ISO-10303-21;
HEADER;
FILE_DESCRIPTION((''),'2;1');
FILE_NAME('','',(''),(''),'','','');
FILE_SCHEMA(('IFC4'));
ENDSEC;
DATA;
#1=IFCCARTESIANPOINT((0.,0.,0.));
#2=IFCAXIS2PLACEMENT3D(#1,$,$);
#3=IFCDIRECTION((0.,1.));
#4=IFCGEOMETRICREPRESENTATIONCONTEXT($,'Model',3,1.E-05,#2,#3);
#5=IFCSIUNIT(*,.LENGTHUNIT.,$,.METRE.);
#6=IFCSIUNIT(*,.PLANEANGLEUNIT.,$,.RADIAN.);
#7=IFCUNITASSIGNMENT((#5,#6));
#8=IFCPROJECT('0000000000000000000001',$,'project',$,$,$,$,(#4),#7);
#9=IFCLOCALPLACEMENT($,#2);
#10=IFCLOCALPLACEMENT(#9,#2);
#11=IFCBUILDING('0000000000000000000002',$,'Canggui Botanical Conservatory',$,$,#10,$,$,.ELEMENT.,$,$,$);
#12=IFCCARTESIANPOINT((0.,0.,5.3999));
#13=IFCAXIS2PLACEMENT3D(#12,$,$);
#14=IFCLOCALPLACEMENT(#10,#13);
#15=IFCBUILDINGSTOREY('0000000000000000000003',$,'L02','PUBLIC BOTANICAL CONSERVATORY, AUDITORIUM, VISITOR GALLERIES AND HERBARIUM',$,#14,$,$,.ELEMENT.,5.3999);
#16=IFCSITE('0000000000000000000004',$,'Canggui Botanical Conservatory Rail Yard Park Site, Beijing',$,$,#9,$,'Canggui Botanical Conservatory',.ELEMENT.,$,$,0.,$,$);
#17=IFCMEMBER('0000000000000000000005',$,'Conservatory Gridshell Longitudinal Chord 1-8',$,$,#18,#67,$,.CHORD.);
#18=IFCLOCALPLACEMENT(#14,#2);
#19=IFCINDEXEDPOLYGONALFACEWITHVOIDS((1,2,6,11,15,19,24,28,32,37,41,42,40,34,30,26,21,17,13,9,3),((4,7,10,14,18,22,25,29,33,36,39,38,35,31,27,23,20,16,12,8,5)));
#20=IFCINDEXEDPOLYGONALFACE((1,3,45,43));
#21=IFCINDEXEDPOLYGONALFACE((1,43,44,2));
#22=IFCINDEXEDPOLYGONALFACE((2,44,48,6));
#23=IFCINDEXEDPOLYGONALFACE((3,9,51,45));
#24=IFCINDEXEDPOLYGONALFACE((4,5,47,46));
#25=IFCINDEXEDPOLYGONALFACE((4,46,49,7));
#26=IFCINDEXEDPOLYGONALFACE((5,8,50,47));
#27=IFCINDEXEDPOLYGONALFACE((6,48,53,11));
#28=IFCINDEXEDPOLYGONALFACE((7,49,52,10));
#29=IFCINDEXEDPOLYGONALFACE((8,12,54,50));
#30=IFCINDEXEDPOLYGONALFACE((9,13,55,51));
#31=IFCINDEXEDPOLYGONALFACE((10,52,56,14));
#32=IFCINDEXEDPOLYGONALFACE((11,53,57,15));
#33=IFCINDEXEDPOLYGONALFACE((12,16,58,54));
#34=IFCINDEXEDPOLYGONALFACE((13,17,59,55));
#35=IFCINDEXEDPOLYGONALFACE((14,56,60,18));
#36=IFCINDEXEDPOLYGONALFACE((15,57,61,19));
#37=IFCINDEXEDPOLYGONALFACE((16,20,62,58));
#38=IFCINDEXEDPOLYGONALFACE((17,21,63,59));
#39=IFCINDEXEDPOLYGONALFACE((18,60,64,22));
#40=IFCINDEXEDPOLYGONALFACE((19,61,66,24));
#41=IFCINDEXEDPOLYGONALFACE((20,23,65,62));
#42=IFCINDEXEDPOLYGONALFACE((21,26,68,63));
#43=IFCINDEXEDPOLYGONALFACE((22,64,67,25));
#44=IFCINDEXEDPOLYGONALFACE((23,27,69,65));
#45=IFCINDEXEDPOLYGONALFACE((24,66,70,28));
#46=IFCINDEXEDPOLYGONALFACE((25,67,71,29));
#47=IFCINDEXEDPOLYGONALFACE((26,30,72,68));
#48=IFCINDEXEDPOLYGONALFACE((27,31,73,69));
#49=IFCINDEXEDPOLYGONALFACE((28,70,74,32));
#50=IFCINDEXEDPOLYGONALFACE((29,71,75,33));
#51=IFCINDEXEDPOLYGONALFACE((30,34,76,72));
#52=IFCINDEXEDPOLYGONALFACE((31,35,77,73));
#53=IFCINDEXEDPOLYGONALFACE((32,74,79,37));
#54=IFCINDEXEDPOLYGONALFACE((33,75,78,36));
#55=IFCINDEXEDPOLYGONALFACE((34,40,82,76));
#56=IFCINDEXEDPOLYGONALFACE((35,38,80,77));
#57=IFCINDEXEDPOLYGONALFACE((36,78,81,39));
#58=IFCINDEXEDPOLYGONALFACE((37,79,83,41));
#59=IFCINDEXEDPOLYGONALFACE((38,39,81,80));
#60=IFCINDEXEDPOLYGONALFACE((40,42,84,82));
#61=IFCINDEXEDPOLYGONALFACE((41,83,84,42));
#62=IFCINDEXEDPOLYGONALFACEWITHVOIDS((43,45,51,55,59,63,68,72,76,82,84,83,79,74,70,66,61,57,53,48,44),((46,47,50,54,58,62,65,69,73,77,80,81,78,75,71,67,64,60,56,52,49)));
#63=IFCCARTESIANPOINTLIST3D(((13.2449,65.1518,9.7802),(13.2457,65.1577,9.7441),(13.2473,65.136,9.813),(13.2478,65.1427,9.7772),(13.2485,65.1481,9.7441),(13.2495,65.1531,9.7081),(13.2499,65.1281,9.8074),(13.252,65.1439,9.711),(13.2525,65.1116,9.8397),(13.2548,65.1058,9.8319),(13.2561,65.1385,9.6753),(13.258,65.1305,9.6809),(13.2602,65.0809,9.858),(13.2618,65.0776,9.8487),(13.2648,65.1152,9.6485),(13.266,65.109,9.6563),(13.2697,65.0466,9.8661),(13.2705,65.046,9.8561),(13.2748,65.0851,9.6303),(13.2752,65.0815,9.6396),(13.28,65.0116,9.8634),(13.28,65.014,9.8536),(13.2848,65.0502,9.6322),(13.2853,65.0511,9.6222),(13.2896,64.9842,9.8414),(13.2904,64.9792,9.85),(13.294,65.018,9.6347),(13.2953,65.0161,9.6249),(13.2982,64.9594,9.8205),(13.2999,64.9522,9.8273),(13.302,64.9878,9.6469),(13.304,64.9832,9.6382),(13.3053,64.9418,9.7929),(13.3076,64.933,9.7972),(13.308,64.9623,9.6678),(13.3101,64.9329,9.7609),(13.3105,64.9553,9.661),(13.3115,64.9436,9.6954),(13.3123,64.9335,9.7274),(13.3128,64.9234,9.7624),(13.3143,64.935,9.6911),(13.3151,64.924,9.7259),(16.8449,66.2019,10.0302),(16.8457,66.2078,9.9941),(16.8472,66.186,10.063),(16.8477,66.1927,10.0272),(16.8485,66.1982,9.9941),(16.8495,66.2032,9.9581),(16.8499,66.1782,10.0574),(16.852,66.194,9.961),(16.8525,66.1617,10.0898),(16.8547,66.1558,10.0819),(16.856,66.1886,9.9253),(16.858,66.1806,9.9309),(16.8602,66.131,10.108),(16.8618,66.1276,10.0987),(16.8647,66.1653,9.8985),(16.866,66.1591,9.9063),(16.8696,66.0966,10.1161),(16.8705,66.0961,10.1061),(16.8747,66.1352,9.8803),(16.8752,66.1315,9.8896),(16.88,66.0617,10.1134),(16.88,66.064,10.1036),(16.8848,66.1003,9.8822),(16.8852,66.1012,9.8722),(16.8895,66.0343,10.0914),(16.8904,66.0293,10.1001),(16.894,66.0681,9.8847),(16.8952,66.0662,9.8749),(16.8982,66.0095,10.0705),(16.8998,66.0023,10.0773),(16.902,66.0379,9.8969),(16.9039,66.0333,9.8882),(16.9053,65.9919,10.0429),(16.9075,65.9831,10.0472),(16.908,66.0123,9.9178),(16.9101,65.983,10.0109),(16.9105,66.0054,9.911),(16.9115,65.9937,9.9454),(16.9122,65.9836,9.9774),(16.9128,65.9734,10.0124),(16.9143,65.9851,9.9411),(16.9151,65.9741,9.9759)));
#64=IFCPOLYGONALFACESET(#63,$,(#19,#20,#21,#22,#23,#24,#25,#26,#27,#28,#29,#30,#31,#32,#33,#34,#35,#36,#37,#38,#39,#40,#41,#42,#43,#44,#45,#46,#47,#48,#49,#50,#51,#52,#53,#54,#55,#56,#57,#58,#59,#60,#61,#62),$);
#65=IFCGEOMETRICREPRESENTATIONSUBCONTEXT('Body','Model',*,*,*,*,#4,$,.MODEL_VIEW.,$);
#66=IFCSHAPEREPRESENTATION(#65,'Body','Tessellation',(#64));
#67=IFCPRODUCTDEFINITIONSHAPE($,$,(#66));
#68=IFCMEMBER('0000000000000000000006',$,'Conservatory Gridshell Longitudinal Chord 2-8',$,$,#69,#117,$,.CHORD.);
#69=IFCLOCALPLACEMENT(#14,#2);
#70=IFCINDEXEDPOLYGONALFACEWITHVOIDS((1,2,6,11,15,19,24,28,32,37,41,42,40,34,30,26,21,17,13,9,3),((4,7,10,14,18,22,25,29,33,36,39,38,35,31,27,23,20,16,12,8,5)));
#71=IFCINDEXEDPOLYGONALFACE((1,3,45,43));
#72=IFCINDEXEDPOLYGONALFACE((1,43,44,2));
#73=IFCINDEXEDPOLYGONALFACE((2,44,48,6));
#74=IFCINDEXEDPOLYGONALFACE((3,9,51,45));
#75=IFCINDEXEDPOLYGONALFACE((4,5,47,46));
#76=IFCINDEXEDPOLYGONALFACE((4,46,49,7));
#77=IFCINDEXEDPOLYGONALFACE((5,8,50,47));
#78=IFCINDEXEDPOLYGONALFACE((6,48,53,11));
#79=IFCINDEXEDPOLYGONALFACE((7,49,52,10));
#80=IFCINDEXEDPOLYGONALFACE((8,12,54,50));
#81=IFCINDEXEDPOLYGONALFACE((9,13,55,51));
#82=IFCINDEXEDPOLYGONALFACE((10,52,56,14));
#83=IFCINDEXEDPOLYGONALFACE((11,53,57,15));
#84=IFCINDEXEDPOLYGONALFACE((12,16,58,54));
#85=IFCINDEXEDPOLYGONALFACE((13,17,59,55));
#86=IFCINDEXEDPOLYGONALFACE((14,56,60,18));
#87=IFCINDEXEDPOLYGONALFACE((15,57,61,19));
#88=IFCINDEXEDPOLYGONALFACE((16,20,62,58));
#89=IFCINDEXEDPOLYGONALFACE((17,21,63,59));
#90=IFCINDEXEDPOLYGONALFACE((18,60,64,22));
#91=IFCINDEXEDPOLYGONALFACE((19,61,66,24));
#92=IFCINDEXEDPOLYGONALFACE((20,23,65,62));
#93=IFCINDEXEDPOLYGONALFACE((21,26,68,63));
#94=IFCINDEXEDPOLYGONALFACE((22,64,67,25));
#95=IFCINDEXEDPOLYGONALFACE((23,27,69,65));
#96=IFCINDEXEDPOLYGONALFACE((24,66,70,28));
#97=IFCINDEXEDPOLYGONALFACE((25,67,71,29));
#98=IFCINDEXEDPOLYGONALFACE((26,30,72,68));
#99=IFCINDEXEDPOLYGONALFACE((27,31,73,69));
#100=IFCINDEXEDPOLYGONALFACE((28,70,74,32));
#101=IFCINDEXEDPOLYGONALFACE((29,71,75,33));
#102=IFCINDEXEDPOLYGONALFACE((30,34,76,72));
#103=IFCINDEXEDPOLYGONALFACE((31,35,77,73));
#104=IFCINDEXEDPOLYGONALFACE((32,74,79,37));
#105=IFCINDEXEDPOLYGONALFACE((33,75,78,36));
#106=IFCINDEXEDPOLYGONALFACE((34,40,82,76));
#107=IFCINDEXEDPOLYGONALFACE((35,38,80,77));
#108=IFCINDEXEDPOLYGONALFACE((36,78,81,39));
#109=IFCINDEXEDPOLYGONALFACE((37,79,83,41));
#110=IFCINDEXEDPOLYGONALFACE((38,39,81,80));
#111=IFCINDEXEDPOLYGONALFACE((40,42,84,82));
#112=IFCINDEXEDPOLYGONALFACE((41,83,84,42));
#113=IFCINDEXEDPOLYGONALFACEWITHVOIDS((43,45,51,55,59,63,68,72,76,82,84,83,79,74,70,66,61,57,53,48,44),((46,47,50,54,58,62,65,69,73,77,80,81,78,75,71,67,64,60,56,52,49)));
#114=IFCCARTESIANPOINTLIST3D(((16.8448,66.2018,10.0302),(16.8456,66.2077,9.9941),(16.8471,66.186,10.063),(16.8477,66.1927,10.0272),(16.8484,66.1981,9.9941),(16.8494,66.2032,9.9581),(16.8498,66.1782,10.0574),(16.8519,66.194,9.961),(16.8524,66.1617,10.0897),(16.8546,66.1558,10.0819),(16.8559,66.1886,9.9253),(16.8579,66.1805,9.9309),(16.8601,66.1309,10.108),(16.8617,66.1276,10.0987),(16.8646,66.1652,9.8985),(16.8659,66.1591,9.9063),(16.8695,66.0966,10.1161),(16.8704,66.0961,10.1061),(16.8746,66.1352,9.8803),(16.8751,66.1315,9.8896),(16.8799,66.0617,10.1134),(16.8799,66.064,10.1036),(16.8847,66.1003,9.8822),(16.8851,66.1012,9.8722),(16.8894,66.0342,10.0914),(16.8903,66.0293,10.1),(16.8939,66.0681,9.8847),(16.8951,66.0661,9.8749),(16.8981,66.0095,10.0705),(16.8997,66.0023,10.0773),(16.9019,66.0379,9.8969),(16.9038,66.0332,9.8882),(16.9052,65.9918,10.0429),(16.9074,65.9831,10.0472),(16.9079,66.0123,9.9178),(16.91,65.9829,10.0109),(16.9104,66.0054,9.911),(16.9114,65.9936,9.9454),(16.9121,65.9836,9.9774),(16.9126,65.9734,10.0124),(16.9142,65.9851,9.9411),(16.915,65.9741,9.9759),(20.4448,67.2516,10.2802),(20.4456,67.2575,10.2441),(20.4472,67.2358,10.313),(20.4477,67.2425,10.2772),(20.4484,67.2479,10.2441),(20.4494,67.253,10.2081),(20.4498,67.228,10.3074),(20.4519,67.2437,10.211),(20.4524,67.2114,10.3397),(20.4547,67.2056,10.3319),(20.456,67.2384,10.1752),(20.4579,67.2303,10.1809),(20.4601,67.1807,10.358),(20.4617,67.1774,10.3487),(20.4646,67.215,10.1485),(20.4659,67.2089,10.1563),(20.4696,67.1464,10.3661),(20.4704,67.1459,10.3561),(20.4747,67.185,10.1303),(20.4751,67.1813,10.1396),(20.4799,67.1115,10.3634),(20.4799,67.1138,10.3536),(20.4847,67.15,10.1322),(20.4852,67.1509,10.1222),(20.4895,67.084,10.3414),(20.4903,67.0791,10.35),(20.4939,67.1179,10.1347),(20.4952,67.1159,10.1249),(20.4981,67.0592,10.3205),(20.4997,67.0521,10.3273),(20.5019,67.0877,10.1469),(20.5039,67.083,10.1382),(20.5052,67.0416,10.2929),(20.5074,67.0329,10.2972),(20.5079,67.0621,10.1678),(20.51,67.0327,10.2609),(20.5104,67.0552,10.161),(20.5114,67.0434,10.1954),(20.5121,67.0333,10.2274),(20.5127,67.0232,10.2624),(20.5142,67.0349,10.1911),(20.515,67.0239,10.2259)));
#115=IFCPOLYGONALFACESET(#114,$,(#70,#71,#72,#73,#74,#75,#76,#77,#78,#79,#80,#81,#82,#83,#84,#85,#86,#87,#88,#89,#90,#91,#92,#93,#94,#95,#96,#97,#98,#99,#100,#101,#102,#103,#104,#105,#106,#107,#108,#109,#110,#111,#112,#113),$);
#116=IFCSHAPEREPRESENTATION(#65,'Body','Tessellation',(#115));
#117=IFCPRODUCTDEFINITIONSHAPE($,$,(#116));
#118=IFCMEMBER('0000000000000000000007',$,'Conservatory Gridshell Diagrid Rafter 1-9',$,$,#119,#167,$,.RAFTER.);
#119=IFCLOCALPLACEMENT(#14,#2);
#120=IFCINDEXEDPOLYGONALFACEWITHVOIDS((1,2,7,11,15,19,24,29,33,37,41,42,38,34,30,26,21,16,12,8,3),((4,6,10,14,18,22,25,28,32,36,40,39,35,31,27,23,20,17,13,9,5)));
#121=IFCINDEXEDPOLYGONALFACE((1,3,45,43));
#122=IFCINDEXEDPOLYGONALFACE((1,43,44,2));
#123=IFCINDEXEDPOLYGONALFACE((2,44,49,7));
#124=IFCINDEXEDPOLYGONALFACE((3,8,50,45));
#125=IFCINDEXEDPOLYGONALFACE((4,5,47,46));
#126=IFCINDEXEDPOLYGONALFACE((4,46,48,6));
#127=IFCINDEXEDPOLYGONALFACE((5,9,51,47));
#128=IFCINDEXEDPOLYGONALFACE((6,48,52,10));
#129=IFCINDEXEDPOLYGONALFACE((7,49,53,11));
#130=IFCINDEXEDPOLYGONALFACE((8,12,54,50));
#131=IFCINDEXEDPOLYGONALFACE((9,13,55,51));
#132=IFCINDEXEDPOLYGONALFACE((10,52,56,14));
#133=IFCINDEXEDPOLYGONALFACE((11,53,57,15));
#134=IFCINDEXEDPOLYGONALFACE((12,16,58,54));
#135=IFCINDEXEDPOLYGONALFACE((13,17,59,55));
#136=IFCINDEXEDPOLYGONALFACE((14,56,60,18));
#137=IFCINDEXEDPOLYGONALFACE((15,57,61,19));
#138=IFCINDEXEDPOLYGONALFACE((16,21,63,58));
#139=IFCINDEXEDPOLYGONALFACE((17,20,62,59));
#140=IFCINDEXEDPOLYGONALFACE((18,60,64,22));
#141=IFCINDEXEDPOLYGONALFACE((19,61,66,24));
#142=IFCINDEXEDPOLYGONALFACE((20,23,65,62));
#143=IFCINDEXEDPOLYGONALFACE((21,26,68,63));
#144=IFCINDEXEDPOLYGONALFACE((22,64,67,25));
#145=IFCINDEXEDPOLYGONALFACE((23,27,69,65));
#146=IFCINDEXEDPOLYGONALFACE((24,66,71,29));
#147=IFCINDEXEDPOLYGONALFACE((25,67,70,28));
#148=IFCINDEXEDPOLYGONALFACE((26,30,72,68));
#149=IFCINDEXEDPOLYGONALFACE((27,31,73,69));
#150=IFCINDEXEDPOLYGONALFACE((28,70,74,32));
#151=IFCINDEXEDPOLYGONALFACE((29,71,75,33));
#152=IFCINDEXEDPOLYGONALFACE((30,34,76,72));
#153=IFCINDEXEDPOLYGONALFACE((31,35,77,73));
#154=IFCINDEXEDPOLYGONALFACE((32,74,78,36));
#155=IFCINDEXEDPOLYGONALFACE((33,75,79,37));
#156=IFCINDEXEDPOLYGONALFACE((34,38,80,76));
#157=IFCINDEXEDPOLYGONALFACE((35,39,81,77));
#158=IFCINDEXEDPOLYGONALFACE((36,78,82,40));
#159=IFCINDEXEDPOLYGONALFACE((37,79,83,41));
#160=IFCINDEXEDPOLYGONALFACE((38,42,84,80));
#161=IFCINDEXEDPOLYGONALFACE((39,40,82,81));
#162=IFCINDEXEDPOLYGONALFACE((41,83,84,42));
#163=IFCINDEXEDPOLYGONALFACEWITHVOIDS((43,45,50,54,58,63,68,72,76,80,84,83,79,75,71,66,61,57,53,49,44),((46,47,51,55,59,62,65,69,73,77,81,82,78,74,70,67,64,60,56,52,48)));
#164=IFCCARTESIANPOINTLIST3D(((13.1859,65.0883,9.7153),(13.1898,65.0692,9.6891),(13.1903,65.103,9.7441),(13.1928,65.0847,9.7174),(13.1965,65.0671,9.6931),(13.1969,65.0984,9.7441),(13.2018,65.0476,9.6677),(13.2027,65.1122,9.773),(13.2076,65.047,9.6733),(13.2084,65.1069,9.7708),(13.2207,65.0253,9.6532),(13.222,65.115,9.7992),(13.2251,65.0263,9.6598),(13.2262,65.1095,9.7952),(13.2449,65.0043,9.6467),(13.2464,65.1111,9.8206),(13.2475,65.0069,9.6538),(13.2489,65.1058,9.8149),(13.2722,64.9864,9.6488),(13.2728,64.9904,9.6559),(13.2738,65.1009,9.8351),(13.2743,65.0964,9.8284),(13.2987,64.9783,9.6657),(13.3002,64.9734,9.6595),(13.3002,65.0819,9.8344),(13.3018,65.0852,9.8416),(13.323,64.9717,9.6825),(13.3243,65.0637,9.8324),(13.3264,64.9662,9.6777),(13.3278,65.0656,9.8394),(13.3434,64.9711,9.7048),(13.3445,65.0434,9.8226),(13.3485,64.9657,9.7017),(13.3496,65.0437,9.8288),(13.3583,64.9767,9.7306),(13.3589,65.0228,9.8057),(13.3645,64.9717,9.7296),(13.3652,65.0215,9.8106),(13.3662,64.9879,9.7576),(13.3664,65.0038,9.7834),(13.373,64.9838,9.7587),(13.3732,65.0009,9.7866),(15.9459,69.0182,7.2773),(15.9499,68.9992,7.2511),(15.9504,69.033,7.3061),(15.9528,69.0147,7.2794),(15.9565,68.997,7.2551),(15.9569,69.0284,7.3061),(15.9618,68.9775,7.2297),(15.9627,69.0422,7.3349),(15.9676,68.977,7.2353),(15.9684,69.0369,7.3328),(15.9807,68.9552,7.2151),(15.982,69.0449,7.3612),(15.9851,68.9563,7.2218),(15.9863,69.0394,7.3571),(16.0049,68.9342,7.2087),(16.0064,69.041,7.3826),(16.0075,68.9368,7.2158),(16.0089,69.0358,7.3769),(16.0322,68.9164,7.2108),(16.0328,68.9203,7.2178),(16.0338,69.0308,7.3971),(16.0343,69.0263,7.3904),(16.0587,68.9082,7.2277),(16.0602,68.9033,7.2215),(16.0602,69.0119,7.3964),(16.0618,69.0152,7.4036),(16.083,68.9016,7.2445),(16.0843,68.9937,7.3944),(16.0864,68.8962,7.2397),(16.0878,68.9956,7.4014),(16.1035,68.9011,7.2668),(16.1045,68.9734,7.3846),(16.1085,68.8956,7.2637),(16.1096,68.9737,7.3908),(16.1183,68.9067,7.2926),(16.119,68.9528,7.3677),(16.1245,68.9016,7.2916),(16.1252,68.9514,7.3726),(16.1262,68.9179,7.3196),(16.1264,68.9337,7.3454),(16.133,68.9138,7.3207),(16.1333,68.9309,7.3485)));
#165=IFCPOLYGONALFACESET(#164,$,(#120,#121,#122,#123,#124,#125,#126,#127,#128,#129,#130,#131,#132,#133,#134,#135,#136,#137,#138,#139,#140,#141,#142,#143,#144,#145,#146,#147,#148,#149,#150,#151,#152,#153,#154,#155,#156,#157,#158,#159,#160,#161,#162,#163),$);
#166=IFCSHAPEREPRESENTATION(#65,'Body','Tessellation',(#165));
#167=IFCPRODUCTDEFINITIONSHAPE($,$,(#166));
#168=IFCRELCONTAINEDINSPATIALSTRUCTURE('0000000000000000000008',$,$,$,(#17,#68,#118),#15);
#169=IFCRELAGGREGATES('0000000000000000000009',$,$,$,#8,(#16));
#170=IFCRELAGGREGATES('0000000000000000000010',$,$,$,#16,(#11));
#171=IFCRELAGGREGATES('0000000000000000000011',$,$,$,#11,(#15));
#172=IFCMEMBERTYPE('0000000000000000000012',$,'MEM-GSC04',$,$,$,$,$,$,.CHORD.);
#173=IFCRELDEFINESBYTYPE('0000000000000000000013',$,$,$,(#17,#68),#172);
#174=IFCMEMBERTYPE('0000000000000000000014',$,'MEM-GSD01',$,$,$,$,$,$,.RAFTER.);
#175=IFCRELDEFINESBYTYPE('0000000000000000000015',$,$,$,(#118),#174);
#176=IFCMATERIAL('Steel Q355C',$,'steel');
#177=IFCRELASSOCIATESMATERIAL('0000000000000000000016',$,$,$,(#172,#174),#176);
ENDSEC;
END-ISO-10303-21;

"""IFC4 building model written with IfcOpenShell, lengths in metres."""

from ifc_helpers import new_model, si_unit, direction, frame, origin, origin_2d, place, context, subcontext, project, spatial, hollow_circle, extrude, material, material_profile, profile_set, type_object, element, save


model = new_model("IFC4")

# Units and contexts
model_context = context("Model", 3, precision=1e-05, world=origin(), true_north=direction((0.0, 1.0)))
body_context = subcontext(model_context, "Body", "Model", "MODEL_VIEW")
ifc_project = project(units=[si_unit("LENGTHUNIT", "METRE"), si_unit("PLANEANGLEUNIT", "RADIAN")], contexts=[model_context])

# Site, building, storey
site_placement = place(None, origin())
site = spatial("IfcSite", under=ifc_project, at=site_placement, Name="Canggui Botanical Conservatory Rail Yard Park Site, Beijing", LongName="Canggui Botanical Conservatory", CompositionType="ELEMENT", RefElevation=0.0)
building_placement = place(site_placement, origin())
building = spatial("IfcBuilding", under=site, at=building_placement, Name="Canggui Botanical Conservatory", CompositionType="ELEMENT")
storey_placement = place(building_placement, frame((0.0, 0.0, 5.3999)))
storey = spatial("IfcBuildingStorey", under=building, at=storey_placement, Name="L02", Description="PUBLIC BOTANICAL CONSERVATORY, AUDITORIUM, VISITOR GALLERIES AND HERBARIUM", CompositionType="ELEMENT", Elevation=5.3999)

# Shared definitions
ifc_material_1 = material(Name="Steel Q355C", Category="steel")

# Members
ifc_material_profile_1 = material_profile(ifc_material_1, hollow_circle(Radius=0.1226, WallThickness=0.01, at=origin_2d()), Name="CHS 245x10")
ifc_profile_set_1 = profile_set([ifc_material_profile_1], Name="Steel Q355C")
member_type_1 = type_object("IfcMemberType", Name="MEM-GSC04", PredefinedType="CHORD", material=ifc_profile_set_1)
for number, where, z_axis, x_axis, name in (
    (1, (13.28, 65.04, 9.7441), (0.957867, 0.279402, 0.066521), (-0.280023, 0.959993, 0.0), "Conservatory Gridshell Longitudinal Chord 1-8"),
    (2, (16.8799, 66.0901, 9.9941), (0.95789, 0.279325, 0.066518), (-0.279945, 0.960016, 0.0), "Conservatory Gridshell Longitudinal Chord 2-8"),
):
    element("IfcMember", number, at=place(storey_placement, frame(where, z_axis=z_axis, x_axis=x_axis)), inside=storey, type_object=member_type_1, Name=name, PredefinedType="CHORD", context=body_context, shape_type="SweptSolid", body=[
        extrude(hollow_circle(Radius=0.1226, WallThickness=0.01, at=origin_2d()), origin(), (0.0, 0.0, 1.0), 3.7583),
    ])
ifc_material_profile_2 = material_profile(ifc_material_1, hollow_circle(Radius=0.1096, WallThickness=0.0081, at=origin_2d()), Name="CHS 219x8")
ifc_profile_set_2 = profile_set([ifc_material_profile_2], Name="Steel Q355C")
member_type_2 = type_object("IfcMemberType", Name="MEM-GSD01", PredefinedType="RAFTER", material=ifc_profile_set_2)
member_1_placement = place(storey_placement, frame((13.28, 65.04, 9.7441), z_axis=(0.51247, 0.729697, -0.452678), x_axis=(-0.818345, 0.574728, 0.0)))
element("IfcMember", 3, at=member_1_placement, inside=storey, type_object=member_type_2, Name="Conservatory Gridshell Diagrid Rafter 1-9", PredefinedType="RAFTER", context=body_context, shape_type="SweptSolid", body=[
    extrude(hollow_circle(Radius=0.1096, WallThickness=0.0081, at=origin_2d()), origin(), (0.0, 0.0, 1.0), 5.3857),
])

save(model, "model.ifc")
